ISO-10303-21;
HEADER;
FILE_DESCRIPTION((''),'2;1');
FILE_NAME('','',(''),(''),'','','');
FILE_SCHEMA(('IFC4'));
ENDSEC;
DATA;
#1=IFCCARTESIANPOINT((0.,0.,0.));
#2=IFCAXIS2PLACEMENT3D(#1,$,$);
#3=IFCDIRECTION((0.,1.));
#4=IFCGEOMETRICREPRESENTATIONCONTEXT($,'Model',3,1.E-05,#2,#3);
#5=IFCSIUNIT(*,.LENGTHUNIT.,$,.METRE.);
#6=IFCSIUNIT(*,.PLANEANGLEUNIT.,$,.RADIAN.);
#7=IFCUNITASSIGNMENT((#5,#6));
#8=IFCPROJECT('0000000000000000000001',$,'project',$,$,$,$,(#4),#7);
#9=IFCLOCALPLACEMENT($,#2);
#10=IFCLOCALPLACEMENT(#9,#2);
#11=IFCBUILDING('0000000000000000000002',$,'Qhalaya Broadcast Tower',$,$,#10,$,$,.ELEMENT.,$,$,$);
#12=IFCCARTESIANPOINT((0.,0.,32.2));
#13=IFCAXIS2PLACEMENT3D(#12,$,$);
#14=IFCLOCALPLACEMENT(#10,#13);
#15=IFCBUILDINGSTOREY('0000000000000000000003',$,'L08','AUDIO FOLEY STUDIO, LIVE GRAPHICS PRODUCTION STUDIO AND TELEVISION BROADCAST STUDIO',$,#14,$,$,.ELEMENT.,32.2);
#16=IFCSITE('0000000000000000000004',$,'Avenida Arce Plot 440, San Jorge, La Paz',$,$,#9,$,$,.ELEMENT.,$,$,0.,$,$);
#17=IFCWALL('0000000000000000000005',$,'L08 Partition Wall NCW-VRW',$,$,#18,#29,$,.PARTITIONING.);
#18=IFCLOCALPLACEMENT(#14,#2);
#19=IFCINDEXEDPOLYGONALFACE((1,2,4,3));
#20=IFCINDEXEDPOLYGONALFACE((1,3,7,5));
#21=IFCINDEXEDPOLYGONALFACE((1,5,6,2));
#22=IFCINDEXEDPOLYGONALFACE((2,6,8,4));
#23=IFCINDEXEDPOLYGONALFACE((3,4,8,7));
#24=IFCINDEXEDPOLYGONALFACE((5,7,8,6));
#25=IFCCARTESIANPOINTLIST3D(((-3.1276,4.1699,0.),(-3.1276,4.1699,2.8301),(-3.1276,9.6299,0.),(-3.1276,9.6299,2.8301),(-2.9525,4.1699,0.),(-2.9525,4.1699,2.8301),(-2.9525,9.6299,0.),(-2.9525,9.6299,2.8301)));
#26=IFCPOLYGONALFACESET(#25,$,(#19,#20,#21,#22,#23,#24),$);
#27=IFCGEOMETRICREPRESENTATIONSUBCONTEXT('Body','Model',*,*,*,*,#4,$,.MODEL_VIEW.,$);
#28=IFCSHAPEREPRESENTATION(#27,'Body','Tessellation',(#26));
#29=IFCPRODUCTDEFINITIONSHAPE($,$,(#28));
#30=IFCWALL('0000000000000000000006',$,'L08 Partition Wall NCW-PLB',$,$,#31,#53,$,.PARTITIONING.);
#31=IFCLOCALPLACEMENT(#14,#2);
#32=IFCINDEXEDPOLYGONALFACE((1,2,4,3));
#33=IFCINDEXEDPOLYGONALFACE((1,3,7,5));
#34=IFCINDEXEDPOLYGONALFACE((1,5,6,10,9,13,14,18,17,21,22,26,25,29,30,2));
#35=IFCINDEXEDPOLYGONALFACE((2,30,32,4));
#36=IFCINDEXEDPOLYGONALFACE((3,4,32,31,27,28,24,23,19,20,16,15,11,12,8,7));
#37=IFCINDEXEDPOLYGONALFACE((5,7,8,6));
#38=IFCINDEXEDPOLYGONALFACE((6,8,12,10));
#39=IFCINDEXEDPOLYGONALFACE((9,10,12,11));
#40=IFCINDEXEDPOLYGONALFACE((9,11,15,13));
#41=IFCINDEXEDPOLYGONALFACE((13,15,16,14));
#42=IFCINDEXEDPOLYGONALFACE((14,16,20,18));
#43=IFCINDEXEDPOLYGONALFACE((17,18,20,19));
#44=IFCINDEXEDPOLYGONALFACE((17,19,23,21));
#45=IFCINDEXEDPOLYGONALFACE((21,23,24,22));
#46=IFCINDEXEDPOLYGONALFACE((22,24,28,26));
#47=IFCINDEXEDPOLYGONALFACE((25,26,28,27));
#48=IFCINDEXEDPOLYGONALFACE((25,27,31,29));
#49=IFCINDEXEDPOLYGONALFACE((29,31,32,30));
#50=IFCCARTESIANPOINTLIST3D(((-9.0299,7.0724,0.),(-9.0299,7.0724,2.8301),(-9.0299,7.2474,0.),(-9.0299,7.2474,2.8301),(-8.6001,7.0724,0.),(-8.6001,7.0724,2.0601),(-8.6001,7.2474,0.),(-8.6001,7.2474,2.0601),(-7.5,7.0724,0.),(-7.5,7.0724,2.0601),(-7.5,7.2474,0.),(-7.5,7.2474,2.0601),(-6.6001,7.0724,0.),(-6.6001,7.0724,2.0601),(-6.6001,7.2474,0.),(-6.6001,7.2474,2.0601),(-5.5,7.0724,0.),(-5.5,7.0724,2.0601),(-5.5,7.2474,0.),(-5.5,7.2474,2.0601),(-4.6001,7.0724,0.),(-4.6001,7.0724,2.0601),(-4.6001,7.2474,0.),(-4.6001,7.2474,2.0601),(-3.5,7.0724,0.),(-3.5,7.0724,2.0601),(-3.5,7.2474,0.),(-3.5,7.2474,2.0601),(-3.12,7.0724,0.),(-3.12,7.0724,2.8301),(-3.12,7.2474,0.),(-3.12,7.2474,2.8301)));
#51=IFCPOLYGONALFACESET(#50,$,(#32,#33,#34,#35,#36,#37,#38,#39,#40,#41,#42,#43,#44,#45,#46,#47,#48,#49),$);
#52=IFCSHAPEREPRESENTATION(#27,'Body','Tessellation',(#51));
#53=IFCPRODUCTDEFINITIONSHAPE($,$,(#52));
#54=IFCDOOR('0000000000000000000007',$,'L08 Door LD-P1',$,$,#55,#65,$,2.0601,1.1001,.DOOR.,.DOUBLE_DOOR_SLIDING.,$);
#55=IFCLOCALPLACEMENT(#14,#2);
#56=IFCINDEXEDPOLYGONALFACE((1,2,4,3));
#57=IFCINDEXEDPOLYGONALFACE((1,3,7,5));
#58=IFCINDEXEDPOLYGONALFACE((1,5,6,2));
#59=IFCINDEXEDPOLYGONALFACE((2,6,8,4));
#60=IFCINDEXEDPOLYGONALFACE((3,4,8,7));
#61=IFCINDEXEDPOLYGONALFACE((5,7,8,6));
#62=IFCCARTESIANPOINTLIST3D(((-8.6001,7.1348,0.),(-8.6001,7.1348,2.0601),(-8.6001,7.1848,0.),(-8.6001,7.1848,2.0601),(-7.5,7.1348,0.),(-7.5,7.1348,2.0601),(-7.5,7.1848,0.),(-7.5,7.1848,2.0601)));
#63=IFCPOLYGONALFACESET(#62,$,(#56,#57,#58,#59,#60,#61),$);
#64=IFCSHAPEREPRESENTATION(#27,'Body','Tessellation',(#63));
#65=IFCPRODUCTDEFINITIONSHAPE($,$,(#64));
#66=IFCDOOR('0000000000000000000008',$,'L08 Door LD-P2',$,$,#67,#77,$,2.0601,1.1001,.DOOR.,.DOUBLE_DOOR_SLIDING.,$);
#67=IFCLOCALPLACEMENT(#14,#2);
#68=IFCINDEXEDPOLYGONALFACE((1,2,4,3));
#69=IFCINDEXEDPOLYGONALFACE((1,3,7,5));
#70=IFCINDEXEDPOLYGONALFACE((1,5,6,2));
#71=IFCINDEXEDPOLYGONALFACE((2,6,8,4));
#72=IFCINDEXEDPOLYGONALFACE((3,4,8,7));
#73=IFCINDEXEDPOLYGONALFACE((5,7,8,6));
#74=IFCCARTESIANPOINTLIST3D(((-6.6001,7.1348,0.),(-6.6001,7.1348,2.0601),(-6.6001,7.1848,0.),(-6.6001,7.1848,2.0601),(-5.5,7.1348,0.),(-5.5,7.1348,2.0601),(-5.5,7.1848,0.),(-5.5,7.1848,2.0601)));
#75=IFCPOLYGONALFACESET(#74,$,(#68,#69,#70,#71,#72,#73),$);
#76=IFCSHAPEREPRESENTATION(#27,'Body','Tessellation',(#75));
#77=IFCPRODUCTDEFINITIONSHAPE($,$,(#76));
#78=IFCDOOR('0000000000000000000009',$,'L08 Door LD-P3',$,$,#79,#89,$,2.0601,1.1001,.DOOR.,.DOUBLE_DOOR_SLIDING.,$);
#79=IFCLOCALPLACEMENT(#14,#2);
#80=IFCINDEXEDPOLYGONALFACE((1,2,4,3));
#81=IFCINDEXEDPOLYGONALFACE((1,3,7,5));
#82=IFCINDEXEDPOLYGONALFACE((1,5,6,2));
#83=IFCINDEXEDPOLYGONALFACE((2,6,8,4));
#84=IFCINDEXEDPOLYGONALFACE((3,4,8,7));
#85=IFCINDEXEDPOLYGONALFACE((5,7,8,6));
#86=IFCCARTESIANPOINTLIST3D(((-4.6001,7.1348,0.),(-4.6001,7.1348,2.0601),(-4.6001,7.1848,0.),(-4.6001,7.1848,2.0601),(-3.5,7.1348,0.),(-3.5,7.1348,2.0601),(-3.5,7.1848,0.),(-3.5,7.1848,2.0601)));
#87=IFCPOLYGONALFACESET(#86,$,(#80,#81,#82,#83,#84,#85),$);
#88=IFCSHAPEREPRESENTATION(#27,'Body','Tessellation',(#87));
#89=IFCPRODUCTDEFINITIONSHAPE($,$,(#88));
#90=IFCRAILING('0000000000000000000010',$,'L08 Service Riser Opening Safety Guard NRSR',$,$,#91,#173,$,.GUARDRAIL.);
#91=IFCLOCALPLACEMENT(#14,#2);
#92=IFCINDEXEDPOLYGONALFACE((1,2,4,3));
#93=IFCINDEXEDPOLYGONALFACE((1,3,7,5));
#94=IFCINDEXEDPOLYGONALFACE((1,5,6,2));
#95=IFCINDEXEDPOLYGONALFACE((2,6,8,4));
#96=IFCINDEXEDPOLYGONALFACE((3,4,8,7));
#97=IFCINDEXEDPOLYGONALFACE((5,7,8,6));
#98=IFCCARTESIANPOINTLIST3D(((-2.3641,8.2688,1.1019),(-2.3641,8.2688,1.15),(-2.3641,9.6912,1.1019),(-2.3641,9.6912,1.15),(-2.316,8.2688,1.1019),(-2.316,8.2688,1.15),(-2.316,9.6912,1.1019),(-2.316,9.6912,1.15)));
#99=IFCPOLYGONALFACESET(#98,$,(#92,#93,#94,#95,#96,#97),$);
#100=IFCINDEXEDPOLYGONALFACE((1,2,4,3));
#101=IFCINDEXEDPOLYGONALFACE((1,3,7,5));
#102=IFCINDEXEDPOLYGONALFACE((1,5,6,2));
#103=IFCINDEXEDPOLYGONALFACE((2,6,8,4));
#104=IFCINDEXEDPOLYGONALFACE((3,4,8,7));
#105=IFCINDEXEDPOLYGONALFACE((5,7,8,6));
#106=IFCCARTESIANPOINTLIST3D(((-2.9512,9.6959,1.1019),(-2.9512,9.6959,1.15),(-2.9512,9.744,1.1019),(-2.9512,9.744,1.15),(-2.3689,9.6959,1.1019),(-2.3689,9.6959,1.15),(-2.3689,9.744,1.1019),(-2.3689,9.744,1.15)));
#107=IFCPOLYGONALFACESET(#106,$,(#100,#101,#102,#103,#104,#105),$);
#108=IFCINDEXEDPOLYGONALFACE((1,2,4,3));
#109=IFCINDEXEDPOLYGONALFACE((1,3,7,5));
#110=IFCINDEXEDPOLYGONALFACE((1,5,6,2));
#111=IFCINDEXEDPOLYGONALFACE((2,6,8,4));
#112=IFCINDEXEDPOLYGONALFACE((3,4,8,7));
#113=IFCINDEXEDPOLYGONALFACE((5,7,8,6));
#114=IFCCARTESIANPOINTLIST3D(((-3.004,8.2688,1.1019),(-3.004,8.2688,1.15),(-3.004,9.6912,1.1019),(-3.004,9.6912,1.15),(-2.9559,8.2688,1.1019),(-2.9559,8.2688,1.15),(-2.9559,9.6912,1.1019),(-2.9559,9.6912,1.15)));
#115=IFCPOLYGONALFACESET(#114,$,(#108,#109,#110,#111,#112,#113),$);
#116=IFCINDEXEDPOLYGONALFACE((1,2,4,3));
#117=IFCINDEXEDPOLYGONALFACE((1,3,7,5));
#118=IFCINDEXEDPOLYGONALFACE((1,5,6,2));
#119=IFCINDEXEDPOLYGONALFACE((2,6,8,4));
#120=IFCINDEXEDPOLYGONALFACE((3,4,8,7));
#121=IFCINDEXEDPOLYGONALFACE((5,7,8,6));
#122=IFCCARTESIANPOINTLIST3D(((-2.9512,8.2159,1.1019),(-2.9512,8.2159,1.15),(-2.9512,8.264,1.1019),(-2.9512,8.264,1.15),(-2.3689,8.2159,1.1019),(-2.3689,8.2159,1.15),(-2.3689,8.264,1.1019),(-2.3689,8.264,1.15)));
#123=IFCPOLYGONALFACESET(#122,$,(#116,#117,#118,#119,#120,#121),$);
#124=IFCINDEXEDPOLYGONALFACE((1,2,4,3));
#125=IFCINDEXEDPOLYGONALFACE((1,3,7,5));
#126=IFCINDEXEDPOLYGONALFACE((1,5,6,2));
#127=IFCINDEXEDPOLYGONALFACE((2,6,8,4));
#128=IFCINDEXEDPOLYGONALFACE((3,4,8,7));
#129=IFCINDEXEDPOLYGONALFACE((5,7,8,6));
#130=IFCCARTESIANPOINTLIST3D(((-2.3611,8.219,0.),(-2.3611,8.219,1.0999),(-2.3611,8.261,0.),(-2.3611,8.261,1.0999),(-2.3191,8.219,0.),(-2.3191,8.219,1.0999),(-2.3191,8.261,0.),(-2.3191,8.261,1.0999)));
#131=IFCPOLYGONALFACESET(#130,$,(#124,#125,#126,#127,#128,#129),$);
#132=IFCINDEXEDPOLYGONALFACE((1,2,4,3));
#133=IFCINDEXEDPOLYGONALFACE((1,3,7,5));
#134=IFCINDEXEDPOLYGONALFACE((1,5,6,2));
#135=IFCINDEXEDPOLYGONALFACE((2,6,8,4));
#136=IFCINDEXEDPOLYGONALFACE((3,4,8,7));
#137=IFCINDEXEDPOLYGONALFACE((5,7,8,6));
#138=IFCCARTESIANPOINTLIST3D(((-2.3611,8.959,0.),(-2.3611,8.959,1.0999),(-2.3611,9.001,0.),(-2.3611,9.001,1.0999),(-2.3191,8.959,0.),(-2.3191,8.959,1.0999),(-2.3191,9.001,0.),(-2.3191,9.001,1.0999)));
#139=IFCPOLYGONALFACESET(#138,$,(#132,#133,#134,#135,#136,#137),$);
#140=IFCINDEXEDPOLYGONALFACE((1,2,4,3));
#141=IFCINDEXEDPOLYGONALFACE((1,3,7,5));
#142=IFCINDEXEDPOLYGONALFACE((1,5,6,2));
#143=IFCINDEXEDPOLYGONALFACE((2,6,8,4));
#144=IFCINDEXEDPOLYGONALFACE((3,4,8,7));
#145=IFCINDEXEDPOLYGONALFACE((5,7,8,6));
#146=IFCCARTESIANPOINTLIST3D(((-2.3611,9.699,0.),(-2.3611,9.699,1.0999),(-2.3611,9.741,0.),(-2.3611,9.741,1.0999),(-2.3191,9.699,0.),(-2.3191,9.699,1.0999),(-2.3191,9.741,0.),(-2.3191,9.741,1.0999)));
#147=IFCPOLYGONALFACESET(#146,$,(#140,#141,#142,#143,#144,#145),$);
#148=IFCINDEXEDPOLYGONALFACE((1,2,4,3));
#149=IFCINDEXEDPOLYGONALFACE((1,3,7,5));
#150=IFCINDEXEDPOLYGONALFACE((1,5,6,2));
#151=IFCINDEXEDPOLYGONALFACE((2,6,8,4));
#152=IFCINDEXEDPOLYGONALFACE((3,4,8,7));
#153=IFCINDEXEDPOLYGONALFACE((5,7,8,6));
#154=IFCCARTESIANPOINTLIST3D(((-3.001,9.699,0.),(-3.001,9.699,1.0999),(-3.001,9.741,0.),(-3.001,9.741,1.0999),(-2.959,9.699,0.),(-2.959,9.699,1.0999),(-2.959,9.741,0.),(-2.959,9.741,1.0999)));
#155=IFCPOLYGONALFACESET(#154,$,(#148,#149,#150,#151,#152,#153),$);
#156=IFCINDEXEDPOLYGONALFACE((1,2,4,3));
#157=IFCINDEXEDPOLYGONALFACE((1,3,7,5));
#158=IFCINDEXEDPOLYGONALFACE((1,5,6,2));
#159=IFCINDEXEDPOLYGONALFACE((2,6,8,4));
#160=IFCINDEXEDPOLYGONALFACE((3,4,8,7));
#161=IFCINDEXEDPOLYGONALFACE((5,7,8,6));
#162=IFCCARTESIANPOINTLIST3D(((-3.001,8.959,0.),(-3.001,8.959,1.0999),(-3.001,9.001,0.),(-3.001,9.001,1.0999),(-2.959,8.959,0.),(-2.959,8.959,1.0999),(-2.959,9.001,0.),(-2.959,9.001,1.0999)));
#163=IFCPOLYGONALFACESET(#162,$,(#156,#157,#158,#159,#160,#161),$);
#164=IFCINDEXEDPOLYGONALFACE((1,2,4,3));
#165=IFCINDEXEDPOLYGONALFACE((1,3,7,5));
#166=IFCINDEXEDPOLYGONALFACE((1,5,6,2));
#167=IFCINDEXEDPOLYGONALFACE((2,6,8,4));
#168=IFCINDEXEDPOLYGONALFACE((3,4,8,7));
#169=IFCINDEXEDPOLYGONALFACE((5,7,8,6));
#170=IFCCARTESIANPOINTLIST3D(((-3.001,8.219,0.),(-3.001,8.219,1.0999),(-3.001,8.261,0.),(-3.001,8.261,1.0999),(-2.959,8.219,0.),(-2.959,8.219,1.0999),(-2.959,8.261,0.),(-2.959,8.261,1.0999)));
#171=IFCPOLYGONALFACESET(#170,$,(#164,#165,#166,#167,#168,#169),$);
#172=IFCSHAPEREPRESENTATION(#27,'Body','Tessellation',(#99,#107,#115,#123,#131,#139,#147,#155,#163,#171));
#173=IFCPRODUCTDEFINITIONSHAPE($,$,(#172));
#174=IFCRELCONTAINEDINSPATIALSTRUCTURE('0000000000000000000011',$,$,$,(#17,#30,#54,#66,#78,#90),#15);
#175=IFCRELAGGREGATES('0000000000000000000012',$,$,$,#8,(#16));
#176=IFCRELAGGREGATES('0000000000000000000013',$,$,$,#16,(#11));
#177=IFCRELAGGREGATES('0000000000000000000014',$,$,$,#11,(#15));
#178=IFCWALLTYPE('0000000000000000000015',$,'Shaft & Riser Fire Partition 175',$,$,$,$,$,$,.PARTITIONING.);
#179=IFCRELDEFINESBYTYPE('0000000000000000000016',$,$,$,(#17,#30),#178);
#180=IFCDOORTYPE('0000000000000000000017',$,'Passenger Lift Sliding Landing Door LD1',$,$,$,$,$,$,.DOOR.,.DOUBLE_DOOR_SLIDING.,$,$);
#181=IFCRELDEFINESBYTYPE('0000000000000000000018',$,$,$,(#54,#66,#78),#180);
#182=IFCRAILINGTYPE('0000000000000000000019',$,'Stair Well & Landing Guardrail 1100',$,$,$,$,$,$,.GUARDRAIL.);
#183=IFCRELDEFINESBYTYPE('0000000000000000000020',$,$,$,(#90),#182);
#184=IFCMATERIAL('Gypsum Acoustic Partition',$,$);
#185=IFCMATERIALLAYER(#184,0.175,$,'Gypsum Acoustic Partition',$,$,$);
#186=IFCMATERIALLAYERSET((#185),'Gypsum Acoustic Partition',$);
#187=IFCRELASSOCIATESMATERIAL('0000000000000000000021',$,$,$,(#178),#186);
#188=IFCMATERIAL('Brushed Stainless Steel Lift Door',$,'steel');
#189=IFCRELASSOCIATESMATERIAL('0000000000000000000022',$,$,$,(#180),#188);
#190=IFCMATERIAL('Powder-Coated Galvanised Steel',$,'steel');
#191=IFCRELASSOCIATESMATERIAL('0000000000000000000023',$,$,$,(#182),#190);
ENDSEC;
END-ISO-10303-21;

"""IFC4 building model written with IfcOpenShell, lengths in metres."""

from ifc_helpers import new_model, si_unit, direction, frame, frame_2d, origin, origin_2d, place, context, subcontext, project, spatial, rectangle, extrude, material, layer, layer_set, type_object, element, fill, save


model = new_model("IFC4")

# Units and contexts
model_context = context("Model", 3, precision=1e-05, world=origin(), true_north=direction((0.0, 1.0)))
body_context = subcontext(model_context, "Body", "Model", "MODEL_VIEW")
ifc_project = project(units=[si_unit("LENGTHUNIT", "METRE"), si_unit("PLANEANGLEUNIT", "RADIAN")], contexts=[model_context])

# Site, building, storey
site_placement = place(None, origin())
site = spatial("IfcSite", under=ifc_project, at=site_placement, Name="Avenida Arce Plot 440, San Jorge, La Paz", CompositionType="ELEMENT", RefElevation=0.0)
building_placement = place(site_placement, origin())
building = spatial("IfcBuilding", under=site, at=building_placement, Name="Qhalaya Broadcast Tower", CompositionType="ELEMENT")
storey_placement = place(building_placement, frame((0.0, 0.0, 32.2)))
storey = spatial("IfcBuildingStorey", under=building, at=storey_placement, Name="L08", Description="AUDIO FOLEY STUDIO, LIVE GRAPHICS PRODUCTION STUDIO AND TELEVISION BROADCAST STUDIO", CompositionType="ELEMENT", Elevation=32.2)

# Shared definitions
ifc_material_1 = material(Name="Gypsum Acoustic Partition")

# Wall
ifc_layer_1 = layer(ifc_material_1, 0.175, Name="Gypsum Acoustic Partition")
ifc_layer_set_1 = layer_set([ifc_layer_1], Name="Gypsum Acoustic Partition")
wall_type_1 = type_object("IfcWallType", Name="Shaft & Riser Fire Partition 175", PredefinedType="PARTITIONING", material=ifc_layer_set_1)
wall_1_placement = place(storey_placement, frame((-3.04, 4.1699, 0.0), z_axis=(0.0, 0.0, 1.0), x_axis=(0.0, 1.0, 0.0)))
element("IfcWall", 1, at=wall_1_placement, inside=storey, type_object=wall_type_1, Name="L08 Partition Wall NCW-VRW", PredefinedType="PARTITIONING", context=body_context, shape_type="SweptSolid", body=[
    extrude(rectangle(XDim=5.46, YDim=0.175, at=frame_2d((2.73, 0.0))), origin(), (0.0, 0.0, 1.0), 2.8301),
])

# Wall, openings, doors
wall_2_placement = place(storey_placement, frame((-9.03, 7.1599, 0.0), z_axis=(0.0, 0.0, 1.0), x_axis=(1.0, 0.0, 0.0)))
wall_2 = element("IfcWall", 2, at=wall_2_placement, inside=storey, type_object=wall_type_1, Name="L08 Partition Wall NCW-PLB", PredefinedType="PARTITIONING", context=body_context, shape_type="SweptSolid", body=[
    extrude(rectangle(XDim=5.9099, YDim=0.175, at=frame_2d((2.9551, 0.0))), origin(), (0.0, 0.0, 1.0), 2.8301),
])
opening_1_placement = place(wall_2_placement, frame((0.4299, 0.0, 0.0)))
opening_1 = element("IfcOpeningElement", 3, at=opening_1_placement, cuts=wall_2, PredefinedType="OPENING", context=body_context, shape_type="SweptSolid", body=[
    extrude(rectangle(XDim=1.1001, YDim=2.0601, at=frame_2d((0.55, 1.03))), frame((0.0, 0.0996, 0.0), z_axis=(0.0, -1.0, 0.0), x_axis=(1.0, 0.0, 0.0)), (0.0, 0.0, 1.0), 0.199),
])
opening_2_placement = place(wall_2_placement, frame((2.4299, 0.0, 0.0)))
opening_2 = element("IfcOpeningElement", 4, at=opening_2_placement, cuts=wall_2, PredefinedType="OPENING", context=body_context, shape_type="SweptSolid", body=[
    extrude(rectangle(XDim=1.1001, YDim=2.0601, at=frame_2d((0.55, 1.03))), frame((0.0, 0.0996, 0.0), z_axis=(0.0, -1.0, 0.0), x_axis=(1.0, 0.0, 0.0)), (0.0, 0.0, 1.0), 0.199),
])
opening_3_placement = place(wall_2_placement, frame((4.4299, 0.0, 0.0)))
opening_3 = element("IfcOpeningElement", 5, at=opening_3_placement, cuts=wall_2, PredefinedType="OPENING", context=body_context, shape_type="SweptSolid", body=[
    extrude(rectangle(XDim=1.1001, YDim=2.0601, at=frame_2d((0.55, 1.03))), frame((0.0, 0.0996, 0.0), z_axis=(0.0, -1.0, 0.0), x_axis=(1.0, 0.0, 0.0)), (0.0, 0.0, 1.0), 0.199),
])
ifc_material_2 = material(Name="Brushed Stainless Steel Lift Door", Category="steel")
door_type_1 = type_object("IfcDoorType", Name="Passenger Lift Sliding Landing Door LD1", OperationType="DOUBLE_DOOR_SLIDING", PredefinedType="DOOR", material=ifc_material_2)
door_1_placement = place(opening_1_placement, origin())
door_1 = element("IfcDoor", 6, at=door_1_placement, inside=storey, type_object=door_type_1, Name="L08 Door LD-P1", OperationType="DOUBLE_DOOR_SLIDING", OverallHeight=2.0601, OverallWidth=1.1001, PredefinedType="DOOR", context=body_context, shape_type="SweptSolid", body=[
    extrude(rectangle(XDim=1.1001, YDim=2.0601, at=frame_2d((0.55, 1.03))), frame((0.0, 0.0249, 0.0), z_axis=(0.0, -1.0, 0.0), x_axis=(1.0, 0.0, 0.0)), (0.0, 0.0, 1.0), 0.05),
])
fill(opening_1, door_1)
door_2_placement = place(opening_2_placement, origin())
door_2 = element("IfcDoor", 7, at=door_2_placement, inside=storey, type_object=door_type_1, Name="L08 Door LD-P2", OperationType="DOUBLE_DOOR_SLIDING", OverallHeight=2.0601, OverallWidth=1.1001, PredefinedType="DOOR", context=body_context, shape_type="SweptSolid", body=[
    extrude(rectangle(XDim=1.1001, YDim=2.0601, at=frame_2d((0.55, 1.03))), frame((0.0, 0.0249, 0.0), z_axis=(0.0, -1.0, 0.0), x_axis=(1.0, 0.0, 0.0)), (0.0, 0.0, 1.0), 0.05),
])
fill(opening_2, door_2)
door_3_placement = place(opening_3_placement, origin())
door_3 = element("IfcDoor", 8, at=door_3_placement, inside=storey, type_object=door_type_1, Name="L08 Door LD-P3", OperationType="DOUBLE_DOOR_SLIDING", OverallHeight=2.0601, OverallWidth=1.1001, PredefinedType="DOOR", context=body_context, shape_type="SweptSolid", body=[
    extrude(rectangle(XDim=1.1001, YDim=2.0601, at=frame_2d((0.55, 1.03))), frame((0.0, 0.0249, 0.0), z_axis=(0.0, -1.0, 0.0), x_axis=(1.0, 0.0, 0.0)), (0.0, 0.0, 1.0), 0.05),
])
fill(opening_3, door_3)

# Railing
ifc_material_3 = material(Name="Powder-Coated Galvanised Steel", Category="steel")
railing_type = type_object("IfcRailingType", Name="Stair Well & Landing Guardrail 1100", PredefinedType="GUARDRAIL", material=ifc_material_3)
railing_placement = place(storey_placement, frame((-2.3401, 8.24, 0.0)))
element("IfcRailing", 9, at=railing_placement, inside=storey, type_object=railing_type, Name="L08 Service Riser Opening Safety Guard NRSR", PredefinedType="GUARDRAIL", context=body_context, shape_type="SweptSolid", body=[
    extrude(rectangle(XDim=0.0481, YDim=0.0481, at=origin_2d()), frame((0.0, 0.0288, 1.126), z_axis=(0.0, 1.0, 0.0), x_axis=(-1.0, 0.0, 0.0)), (0.0, 0.0, 1.0), 1.4224),
    extrude(rectangle(XDim=0.0481, YDim=0.0481, at=origin_2d()), frame((-0.0288, 1.48, 1.126), z_axis=(-1.0, 0.0, 0.0), x_axis=(0.0, -1.0, 0.0)), (0.0, 0.0, 1.0), 0.5823),
    extrude(rectangle(XDim=0.0481, YDim=0.0481, at=origin_2d()), frame((-0.6399, 1.4512, 1.126), z_axis=(0.0, -1.0, 0.0), x_axis=(1.0, 0.0, 0.0)), (0.0, 0.0, 1.0), 1.4224),
    extrude(rectangle(XDim=0.0481, YDim=0.0481, at=origin_2d()), frame((-0.6111, 0.0, 1.126), z_axis=(1.0, 0.0, 0.0), x_axis=(0.0, 1.0, 0.0)), (0.0, 0.0, 1.0), 0.5823),
    extrude(rectangle(XDim=0.042, YDim=0.042, at=origin_2d()), origin(), (0.0, 0.0, 1.0), 1.0999),
    extrude(rectangle(XDim=0.042, YDim=0.042, at=origin_2d()), frame((0.0, 0.74, 0.0)), (0.0, 0.0, 1.0), 1.0999),
    extrude(rectangle(XDim=0.042, YDim=0.042, at=origin_2d()), frame((0.0, 1.48, 0.0)), (0.0, 0.0, 1.0), 1.0999),
    extrude(rectangle(XDim=0.042, YDim=0.042, at=origin_2d()), frame((-0.6399, 1.48, 0.0)), (0.0, 0.0, 1.0), 1.0999),
    extrude(rectangle(XDim=0.042, YDim=0.042, at=origin_2d()), frame((-0.6399, 0.74, 0.0)), (0.0, 0.0, 1.0), 1.0999),
    extrude(rectangle(XDim=0.042, YDim=0.042, at=origin_2d()), frame((-0.6399, 0.0, 0.0)), (0.0, 0.0, 1.0), 1.0999),
])

save(model, "model.ifc")
